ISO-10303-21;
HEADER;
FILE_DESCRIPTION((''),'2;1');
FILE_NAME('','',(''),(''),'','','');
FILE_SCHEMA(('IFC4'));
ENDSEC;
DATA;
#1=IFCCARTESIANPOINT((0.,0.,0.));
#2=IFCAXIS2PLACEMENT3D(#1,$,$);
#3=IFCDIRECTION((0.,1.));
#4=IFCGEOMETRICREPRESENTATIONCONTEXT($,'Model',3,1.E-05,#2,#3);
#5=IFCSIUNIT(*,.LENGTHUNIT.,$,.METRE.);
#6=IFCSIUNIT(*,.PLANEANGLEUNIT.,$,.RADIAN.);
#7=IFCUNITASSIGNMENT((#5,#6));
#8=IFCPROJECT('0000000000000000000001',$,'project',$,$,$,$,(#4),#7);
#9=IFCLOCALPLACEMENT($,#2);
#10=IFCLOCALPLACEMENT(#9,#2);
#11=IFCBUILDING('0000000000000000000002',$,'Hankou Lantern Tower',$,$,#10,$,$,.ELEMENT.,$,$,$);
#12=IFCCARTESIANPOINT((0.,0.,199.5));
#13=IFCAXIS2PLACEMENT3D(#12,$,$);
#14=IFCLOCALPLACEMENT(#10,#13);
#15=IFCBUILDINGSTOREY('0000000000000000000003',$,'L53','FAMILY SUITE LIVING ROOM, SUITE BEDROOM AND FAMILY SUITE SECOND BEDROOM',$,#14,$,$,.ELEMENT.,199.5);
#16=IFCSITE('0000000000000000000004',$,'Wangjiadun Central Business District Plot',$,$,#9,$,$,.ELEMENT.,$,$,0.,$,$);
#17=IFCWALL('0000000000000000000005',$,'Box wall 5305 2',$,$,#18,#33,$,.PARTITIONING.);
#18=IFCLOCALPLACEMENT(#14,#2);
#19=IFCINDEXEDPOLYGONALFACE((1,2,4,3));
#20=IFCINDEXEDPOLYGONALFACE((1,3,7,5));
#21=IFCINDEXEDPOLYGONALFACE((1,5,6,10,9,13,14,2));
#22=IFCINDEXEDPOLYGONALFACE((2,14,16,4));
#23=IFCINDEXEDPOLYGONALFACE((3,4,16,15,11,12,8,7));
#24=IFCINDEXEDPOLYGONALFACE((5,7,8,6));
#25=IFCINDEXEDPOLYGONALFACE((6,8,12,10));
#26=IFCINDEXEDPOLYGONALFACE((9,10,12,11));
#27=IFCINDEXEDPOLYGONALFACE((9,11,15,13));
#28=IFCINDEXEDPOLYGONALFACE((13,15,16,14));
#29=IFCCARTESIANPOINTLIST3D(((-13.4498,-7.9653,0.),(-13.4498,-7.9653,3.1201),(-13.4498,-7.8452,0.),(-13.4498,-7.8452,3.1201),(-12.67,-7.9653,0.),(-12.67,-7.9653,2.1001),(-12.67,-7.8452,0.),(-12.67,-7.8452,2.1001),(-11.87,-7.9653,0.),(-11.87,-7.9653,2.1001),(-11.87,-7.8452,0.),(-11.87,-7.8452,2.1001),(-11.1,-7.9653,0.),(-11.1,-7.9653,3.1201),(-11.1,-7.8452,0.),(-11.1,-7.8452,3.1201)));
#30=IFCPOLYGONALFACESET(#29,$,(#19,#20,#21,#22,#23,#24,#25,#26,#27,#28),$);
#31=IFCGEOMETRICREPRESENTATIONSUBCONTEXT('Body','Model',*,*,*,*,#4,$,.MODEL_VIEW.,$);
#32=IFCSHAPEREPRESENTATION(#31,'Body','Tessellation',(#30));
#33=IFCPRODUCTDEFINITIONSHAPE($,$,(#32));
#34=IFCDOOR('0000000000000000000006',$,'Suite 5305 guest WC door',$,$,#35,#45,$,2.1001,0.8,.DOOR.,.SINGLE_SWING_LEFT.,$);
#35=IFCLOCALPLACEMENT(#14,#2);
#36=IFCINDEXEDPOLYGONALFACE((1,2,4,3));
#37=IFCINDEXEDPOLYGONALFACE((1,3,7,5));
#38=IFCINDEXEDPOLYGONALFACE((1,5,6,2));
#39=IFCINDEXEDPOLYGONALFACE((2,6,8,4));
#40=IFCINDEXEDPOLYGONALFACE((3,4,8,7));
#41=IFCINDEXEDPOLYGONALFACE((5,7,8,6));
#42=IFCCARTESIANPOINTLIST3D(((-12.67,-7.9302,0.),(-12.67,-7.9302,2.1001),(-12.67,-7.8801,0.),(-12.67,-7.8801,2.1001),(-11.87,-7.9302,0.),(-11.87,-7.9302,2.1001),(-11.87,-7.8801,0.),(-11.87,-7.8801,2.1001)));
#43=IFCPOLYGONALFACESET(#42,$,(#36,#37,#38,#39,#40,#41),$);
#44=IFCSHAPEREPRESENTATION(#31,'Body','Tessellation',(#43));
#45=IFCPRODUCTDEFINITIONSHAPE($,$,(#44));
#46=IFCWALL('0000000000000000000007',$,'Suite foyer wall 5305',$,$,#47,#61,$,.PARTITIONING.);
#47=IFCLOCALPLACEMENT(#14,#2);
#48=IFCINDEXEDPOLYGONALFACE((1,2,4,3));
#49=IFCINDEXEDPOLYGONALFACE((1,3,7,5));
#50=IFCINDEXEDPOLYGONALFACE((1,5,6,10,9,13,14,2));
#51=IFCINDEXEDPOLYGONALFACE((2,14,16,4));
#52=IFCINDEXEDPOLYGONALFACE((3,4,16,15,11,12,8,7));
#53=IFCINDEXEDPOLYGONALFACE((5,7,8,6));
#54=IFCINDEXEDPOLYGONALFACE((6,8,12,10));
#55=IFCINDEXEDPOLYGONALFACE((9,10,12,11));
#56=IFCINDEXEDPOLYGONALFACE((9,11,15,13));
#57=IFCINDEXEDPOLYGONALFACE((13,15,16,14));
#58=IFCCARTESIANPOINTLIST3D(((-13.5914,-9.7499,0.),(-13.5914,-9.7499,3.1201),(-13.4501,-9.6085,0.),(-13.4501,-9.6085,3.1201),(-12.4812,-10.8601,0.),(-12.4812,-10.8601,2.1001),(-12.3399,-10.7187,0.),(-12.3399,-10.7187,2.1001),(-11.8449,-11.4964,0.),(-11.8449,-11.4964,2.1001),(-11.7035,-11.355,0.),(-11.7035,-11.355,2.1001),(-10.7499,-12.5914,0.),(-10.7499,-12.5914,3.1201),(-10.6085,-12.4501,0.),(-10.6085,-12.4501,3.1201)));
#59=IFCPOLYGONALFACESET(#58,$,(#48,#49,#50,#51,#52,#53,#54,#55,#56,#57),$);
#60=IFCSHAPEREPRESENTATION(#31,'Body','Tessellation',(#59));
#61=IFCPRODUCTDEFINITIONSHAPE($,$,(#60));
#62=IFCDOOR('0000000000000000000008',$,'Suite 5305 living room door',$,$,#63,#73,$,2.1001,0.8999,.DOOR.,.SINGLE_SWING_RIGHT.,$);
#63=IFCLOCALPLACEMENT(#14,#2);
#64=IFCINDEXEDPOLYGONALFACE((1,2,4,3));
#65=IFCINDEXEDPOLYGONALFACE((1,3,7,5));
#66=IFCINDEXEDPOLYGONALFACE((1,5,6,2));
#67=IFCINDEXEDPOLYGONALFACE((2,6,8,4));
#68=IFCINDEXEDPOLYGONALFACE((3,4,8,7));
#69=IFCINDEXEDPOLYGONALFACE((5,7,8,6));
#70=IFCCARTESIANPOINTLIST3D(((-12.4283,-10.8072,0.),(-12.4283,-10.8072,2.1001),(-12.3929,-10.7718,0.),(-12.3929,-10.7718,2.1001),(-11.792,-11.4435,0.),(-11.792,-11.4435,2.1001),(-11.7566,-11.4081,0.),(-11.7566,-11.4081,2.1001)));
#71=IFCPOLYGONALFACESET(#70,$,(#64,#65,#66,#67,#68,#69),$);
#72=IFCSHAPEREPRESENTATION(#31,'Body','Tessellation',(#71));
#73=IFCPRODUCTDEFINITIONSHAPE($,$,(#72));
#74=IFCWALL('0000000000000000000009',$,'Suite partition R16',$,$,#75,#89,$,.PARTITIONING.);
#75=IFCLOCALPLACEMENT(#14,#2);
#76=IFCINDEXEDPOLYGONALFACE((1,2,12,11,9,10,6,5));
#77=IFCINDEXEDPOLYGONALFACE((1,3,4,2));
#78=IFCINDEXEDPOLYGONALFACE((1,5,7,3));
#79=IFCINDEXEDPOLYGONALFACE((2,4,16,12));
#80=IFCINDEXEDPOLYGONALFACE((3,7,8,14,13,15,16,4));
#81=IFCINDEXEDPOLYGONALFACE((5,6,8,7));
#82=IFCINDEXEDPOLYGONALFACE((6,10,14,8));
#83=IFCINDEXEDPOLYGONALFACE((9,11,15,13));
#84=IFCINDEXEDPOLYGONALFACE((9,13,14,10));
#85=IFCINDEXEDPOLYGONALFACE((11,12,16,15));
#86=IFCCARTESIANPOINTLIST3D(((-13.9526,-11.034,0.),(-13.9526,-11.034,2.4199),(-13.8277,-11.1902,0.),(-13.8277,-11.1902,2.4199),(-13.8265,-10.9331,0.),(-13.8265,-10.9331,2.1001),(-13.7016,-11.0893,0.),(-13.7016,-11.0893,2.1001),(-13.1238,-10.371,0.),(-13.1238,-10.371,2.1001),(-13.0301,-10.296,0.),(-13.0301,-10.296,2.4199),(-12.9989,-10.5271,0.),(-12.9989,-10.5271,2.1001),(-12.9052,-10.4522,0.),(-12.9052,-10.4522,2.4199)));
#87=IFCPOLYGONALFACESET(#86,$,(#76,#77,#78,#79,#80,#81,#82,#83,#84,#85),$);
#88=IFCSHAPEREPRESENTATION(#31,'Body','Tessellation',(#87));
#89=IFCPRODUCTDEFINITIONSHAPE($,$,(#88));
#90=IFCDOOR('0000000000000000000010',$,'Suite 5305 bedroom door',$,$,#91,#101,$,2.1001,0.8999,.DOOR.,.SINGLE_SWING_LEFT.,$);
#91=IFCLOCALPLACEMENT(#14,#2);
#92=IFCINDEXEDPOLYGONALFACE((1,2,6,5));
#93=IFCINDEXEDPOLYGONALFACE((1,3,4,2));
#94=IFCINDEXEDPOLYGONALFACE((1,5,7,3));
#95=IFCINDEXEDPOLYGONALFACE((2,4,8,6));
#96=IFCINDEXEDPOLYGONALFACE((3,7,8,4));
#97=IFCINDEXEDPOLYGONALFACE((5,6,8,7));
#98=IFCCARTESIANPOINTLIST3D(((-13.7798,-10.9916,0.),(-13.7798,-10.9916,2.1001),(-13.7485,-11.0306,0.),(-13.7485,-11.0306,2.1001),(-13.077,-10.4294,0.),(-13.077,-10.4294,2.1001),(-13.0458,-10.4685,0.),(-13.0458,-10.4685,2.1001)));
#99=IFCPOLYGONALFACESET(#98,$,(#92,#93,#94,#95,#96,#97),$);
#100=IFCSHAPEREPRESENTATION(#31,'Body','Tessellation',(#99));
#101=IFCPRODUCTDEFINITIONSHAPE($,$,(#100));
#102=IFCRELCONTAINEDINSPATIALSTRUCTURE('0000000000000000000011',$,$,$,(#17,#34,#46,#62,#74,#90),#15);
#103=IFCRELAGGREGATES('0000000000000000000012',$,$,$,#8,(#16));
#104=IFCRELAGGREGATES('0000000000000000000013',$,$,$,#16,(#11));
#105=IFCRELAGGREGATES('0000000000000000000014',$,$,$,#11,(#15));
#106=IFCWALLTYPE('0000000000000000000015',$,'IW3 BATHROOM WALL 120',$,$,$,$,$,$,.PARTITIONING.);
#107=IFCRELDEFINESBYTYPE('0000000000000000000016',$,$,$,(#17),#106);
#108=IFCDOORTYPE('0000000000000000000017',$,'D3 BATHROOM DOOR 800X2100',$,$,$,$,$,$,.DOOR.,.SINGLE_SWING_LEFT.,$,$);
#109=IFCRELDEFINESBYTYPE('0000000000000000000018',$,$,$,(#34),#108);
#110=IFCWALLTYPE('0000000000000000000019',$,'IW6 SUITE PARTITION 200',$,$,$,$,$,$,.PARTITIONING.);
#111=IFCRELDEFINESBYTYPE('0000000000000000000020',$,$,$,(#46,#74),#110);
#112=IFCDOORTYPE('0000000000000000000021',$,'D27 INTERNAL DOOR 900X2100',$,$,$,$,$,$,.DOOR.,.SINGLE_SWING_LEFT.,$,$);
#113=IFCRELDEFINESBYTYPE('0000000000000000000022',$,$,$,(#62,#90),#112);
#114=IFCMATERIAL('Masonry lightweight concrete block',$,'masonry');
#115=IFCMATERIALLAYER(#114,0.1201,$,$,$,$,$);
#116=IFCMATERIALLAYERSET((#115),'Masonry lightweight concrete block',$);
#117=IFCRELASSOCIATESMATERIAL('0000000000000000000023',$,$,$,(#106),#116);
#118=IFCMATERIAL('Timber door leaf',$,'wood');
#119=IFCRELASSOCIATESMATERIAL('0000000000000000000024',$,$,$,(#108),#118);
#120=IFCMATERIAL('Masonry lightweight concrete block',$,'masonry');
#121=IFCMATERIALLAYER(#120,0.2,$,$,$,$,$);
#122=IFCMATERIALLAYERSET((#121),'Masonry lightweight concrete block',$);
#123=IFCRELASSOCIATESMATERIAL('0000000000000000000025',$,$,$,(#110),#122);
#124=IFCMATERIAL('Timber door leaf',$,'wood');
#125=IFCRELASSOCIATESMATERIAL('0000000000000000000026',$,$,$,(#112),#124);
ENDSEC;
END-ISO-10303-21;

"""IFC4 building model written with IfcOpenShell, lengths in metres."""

from ifc_helpers import new_model, si_unit, direction, frame, frame_2d, origin, place, context, subcontext, project, spatial, rectangle, extrude, material, layer, layer_set, type_object, element, fill, save


model = new_model("IFC4")

# Units and contexts
model_context = context("Model", 3, precision=1e-05, world=origin(), true_north=direction((0.0, 1.0)))
body_context = subcontext(model_context, "Body", "Model", "MODEL_VIEW")
ifc_project = project(units=[si_unit("LENGTHUNIT", "METRE"), si_unit("PLANEANGLEUNIT", "RADIAN")], contexts=[model_context])

# Site, building, storey
site_placement = place(None, origin())
site = spatial("IfcSite", under=ifc_project, at=site_placement, Name="Wangjiadun Central Business District Plot", CompositionType="ELEMENT", RefElevation=0.0)
building_placement = place(site_placement, origin())
building = spatial("IfcBuilding", under=site, at=building_placement, Name="Hankou Lantern Tower", CompositionType="ELEMENT")
storey_placement = place(building_placement, frame((0.0, 0.0, 199.5)))
storey = spatial("IfcBuildingStorey", under=building, at=storey_placement, Name="L53", Description="FAMILY SUITE LIVING ROOM, SUITE BEDROOM AND FAMILY SUITE SECOND BEDROOM", CompositionType="ELEMENT", Elevation=199.5)

# Walls, openings, doors
ifc_material_1 = material(Name="Masonry lightweight concrete block", Category="masonry")
ifc_layer_1 = layer(ifc_material_1, 0.1201)
ifc_layer_set_1 = layer_set([ifc_layer_1], Name="Masonry lightweight concrete block")
wall_type_1 = type_object("IfcWallType", Name="IW3 BATHROOM WALL 120", PredefinedType="PARTITIONING", material=ifc_layer_set_1)
wall_1_placement = place(storey_placement, frame((-11.1001, -7.9053, 0.0), z_axis=(0.0, 0.0, 1.0), x_axis=(-1.0, 0.0, 0.0)))
wall_1 = element("IfcWall", 1, at=wall_1_placement, inside=storey, type_object=wall_type_1, Name="Box wall 5305 2", PredefinedType="PARTITIONING", context=body_context, shape_type="SweptSolid", body=[
    extrude(rectangle(XDim=2.3499, YDim=0.1201, at=frame_2d((1.1748, 0.0))), origin(), (0.0, 0.0, 1.0), 3.1201),
])
opening_1_placement = place(wall_1_placement, frame((0.77, 0.0, 0.0)))
opening_1 = element("IfcOpeningElement", 2, at=opening_1_placement, cuts=wall_1, PredefinedType="OPENING", context=body_context, shape_type="SweptSolid", body=[
    extrude(rectangle(XDim=0.8, YDim=2.1001, at=frame_2d((0.3999, 1.05))), frame((0.0, 0.0701, 0.0), z_axis=(0.0, -1.0, 0.0), x_axis=(1.0, 0.0, 0.0)), (0.0, 0.0, 1.0), 0.1401),
])
ifc_material_2 = material(Name="Timber door leaf", Category="wood")
door_type_1 = type_object("IfcDoorType", Name="D3 BATHROOM DOOR 800X2100", OperationType="SINGLE_SWING_LEFT", PredefinedType="DOOR", material=ifc_material_2)
door_1_placement = place(opening_1_placement, origin())
door_1 = element("IfcDoor", 3, at=door_1_placement, inside=storey, type_object=door_type_1, Name="Suite 5305 guest WC door", OperationType="SINGLE_SWING_LEFT", OverallHeight=2.1001, OverallWidth=0.8, PredefinedType="DOOR", context=body_context, shape_type="SweptSolid", body=[
    extrude(rectangle(XDim=0.8, YDim=2.1001, at=frame_2d((0.3999, 1.05))), frame((0.0, 0.0249, 0.0), z_axis=(0.0, -1.0, 0.0), x_axis=(1.0, 0.0, 0.0)), (0.0, 0.0, 1.0), 0.05),
])
fill(opening_1, door_1)
ifc_material_3 = material(Name="Masonry lightweight concrete block", Category="masonry")
ifc_layer_2 = layer(ifc_material_3, 0.2)
ifc_layer_set_2 = layer_set([ifc_layer_2], Name="Masonry lightweight concrete block")
wall_type_2 = type_object("IfcWallType", Name="IW6 SUITE PARTITION 200", PredefinedType="PARTITIONING", material=ifc_layer_set_2)
wall_2_placement = place(storey_placement, frame((-13.5208, -9.6792, 0.0), z_axis=(0.0, 0.0, 1.0), x_axis=(0.707107, -0.707107, 0.0)))
wall_2 = element("IfcWall", 4, at=wall_2_placement, inside=storey, type_object=wall_type_2, Name="Suite foyer wall 5305", PredefinedType="PARTITIONING", context=body_context, shape_type="SweptSolid", body=[
    extrude(rectangle(XDim=4.0186, YDim=0.2, at=frame_2d((2.0093, 0.0))), origin(), (0.0, 0.0, 1.0), 3.1201),
])
opening_2_placement = place(wall_2_placement, frame((1.5701, 0.0, 0.0)))
opening_2 = element("IfcOpeningElement", 5, at=opening_2_placement, cuts=wall_2, PredefinedType="OPENING", context=body_context, shape_type="SweptSolid", body=[
    extrude(rectangle(XDim=0.8999, YDim=2.1001, at=frame_2d((0.45, 1.05))), frame((0.0, 0.1099, 0.0), z_axis=(0.0, -1.0, 0.0), x_axis=(1.0, 0.0, 0.0)), (0.0, 0.0, 1.0), 0.22),
])
ifc_material_4 = material(Name="Timber door leaf", Category="wood")
door_type_2 = type_object("IfcDoorType", Name="D27 INTERNAL DOOR 900X2100", OperationType="SINGLE_SWING_LEFT", PredefinedType="DOOR", material=ifc_material_4)
door_2_placement = place(opening_2_placement, origin())
door_2 = element("IfcDoor", 6, at=door_2_placement, inside=storey, type_object=door_type_2, Name="Suite 5305 living room door", OperationType="SINGLE_SWING_RIGHT", OverallHeight=2.1001, OverallWidth=0.8999, PredefinedType="DOOR", context=body_context, shape_type="SweptSolid", body=[
    extrude(rectangle(XDim=0.8999, YDim=2.1001, at=frame_2d((0.45, 1.05))), frame((0.0, 0.0249, 0.0), z_axis=(0.0, -1.0, 0.0), x_axis=(1.0, 0.0, 0.0)), (0.0, 0.0, 1.0), 0.05),
])
fill(opening_2, door_2)
wall_3_placement = place(storey_placement, frame((-12.9675, -10.374, 0.0), z_axis=(0.0, 0.0, 1.0), x_axis=(-0.780889, -0.62467, 0.0)))
wall_3 = element("IfcWall", 7, at=wall_3_placement, inside=storey, type_object=wall_type_2, Name="Suite partition R16", PredefinedType="PARTITIONING", context=body_context, shape_type="SweptSolid", body=[
    extrude(rectangle(XDim=1.1814, YDim=0.2, at=frame_2d((0.5908, 0.0))), origin(), (0.0, 0.0, 1.0), 2.4199),
])
opening_3_placement = place(wall_3_placement, frame((0.1201, 0.0, 0.0)))
opening_3 = element("IfcOpeningElement", 8, at=opening_3_placement, cuts=wall_3, PredefinedType="OPENING", context=body_context, shape_type="SweptSolid", body=[
    extrude(rectangle(XDim=0.8999, YDim=2.1001, at=frame_2d((0.45, 1.05))), frame((0.0, 0.1099, 0.0), z_axis=(0.0, -1.0, 0.0), x_axis=(1.0, 0.0, 0.0)), (0.0, 0.0, 1.0), 0.22),
])
door_3_placement = place(opening_3_placement, origin())
door_3 = element("IfcDoor", 9, at=door_3_placement, inside=storey, type_object=door_type_2, Name="Suite 5305 bedroom door", OperationType="SINGLE_SWING_LEFT", OverallHeight=2.1001, OverallWidth=0.8999, PredefinedType="DOOR", context=body_context, shape_type="SweptSolid", body=[
    extrude(rectangle(XDim=0.8999, YDim=2.1001, at=frame_2d((0.45, 1.05))), frame((0.0, 0.0249, 0.0), z_axis=(0.0, -1.0, 0.0), x_axis=(1.0, 0.0, 0.0)), (0.0, 0.0, 1.0), 0.05),
])
fill(opening_3, door_3)

save(model, "model.ifc")
